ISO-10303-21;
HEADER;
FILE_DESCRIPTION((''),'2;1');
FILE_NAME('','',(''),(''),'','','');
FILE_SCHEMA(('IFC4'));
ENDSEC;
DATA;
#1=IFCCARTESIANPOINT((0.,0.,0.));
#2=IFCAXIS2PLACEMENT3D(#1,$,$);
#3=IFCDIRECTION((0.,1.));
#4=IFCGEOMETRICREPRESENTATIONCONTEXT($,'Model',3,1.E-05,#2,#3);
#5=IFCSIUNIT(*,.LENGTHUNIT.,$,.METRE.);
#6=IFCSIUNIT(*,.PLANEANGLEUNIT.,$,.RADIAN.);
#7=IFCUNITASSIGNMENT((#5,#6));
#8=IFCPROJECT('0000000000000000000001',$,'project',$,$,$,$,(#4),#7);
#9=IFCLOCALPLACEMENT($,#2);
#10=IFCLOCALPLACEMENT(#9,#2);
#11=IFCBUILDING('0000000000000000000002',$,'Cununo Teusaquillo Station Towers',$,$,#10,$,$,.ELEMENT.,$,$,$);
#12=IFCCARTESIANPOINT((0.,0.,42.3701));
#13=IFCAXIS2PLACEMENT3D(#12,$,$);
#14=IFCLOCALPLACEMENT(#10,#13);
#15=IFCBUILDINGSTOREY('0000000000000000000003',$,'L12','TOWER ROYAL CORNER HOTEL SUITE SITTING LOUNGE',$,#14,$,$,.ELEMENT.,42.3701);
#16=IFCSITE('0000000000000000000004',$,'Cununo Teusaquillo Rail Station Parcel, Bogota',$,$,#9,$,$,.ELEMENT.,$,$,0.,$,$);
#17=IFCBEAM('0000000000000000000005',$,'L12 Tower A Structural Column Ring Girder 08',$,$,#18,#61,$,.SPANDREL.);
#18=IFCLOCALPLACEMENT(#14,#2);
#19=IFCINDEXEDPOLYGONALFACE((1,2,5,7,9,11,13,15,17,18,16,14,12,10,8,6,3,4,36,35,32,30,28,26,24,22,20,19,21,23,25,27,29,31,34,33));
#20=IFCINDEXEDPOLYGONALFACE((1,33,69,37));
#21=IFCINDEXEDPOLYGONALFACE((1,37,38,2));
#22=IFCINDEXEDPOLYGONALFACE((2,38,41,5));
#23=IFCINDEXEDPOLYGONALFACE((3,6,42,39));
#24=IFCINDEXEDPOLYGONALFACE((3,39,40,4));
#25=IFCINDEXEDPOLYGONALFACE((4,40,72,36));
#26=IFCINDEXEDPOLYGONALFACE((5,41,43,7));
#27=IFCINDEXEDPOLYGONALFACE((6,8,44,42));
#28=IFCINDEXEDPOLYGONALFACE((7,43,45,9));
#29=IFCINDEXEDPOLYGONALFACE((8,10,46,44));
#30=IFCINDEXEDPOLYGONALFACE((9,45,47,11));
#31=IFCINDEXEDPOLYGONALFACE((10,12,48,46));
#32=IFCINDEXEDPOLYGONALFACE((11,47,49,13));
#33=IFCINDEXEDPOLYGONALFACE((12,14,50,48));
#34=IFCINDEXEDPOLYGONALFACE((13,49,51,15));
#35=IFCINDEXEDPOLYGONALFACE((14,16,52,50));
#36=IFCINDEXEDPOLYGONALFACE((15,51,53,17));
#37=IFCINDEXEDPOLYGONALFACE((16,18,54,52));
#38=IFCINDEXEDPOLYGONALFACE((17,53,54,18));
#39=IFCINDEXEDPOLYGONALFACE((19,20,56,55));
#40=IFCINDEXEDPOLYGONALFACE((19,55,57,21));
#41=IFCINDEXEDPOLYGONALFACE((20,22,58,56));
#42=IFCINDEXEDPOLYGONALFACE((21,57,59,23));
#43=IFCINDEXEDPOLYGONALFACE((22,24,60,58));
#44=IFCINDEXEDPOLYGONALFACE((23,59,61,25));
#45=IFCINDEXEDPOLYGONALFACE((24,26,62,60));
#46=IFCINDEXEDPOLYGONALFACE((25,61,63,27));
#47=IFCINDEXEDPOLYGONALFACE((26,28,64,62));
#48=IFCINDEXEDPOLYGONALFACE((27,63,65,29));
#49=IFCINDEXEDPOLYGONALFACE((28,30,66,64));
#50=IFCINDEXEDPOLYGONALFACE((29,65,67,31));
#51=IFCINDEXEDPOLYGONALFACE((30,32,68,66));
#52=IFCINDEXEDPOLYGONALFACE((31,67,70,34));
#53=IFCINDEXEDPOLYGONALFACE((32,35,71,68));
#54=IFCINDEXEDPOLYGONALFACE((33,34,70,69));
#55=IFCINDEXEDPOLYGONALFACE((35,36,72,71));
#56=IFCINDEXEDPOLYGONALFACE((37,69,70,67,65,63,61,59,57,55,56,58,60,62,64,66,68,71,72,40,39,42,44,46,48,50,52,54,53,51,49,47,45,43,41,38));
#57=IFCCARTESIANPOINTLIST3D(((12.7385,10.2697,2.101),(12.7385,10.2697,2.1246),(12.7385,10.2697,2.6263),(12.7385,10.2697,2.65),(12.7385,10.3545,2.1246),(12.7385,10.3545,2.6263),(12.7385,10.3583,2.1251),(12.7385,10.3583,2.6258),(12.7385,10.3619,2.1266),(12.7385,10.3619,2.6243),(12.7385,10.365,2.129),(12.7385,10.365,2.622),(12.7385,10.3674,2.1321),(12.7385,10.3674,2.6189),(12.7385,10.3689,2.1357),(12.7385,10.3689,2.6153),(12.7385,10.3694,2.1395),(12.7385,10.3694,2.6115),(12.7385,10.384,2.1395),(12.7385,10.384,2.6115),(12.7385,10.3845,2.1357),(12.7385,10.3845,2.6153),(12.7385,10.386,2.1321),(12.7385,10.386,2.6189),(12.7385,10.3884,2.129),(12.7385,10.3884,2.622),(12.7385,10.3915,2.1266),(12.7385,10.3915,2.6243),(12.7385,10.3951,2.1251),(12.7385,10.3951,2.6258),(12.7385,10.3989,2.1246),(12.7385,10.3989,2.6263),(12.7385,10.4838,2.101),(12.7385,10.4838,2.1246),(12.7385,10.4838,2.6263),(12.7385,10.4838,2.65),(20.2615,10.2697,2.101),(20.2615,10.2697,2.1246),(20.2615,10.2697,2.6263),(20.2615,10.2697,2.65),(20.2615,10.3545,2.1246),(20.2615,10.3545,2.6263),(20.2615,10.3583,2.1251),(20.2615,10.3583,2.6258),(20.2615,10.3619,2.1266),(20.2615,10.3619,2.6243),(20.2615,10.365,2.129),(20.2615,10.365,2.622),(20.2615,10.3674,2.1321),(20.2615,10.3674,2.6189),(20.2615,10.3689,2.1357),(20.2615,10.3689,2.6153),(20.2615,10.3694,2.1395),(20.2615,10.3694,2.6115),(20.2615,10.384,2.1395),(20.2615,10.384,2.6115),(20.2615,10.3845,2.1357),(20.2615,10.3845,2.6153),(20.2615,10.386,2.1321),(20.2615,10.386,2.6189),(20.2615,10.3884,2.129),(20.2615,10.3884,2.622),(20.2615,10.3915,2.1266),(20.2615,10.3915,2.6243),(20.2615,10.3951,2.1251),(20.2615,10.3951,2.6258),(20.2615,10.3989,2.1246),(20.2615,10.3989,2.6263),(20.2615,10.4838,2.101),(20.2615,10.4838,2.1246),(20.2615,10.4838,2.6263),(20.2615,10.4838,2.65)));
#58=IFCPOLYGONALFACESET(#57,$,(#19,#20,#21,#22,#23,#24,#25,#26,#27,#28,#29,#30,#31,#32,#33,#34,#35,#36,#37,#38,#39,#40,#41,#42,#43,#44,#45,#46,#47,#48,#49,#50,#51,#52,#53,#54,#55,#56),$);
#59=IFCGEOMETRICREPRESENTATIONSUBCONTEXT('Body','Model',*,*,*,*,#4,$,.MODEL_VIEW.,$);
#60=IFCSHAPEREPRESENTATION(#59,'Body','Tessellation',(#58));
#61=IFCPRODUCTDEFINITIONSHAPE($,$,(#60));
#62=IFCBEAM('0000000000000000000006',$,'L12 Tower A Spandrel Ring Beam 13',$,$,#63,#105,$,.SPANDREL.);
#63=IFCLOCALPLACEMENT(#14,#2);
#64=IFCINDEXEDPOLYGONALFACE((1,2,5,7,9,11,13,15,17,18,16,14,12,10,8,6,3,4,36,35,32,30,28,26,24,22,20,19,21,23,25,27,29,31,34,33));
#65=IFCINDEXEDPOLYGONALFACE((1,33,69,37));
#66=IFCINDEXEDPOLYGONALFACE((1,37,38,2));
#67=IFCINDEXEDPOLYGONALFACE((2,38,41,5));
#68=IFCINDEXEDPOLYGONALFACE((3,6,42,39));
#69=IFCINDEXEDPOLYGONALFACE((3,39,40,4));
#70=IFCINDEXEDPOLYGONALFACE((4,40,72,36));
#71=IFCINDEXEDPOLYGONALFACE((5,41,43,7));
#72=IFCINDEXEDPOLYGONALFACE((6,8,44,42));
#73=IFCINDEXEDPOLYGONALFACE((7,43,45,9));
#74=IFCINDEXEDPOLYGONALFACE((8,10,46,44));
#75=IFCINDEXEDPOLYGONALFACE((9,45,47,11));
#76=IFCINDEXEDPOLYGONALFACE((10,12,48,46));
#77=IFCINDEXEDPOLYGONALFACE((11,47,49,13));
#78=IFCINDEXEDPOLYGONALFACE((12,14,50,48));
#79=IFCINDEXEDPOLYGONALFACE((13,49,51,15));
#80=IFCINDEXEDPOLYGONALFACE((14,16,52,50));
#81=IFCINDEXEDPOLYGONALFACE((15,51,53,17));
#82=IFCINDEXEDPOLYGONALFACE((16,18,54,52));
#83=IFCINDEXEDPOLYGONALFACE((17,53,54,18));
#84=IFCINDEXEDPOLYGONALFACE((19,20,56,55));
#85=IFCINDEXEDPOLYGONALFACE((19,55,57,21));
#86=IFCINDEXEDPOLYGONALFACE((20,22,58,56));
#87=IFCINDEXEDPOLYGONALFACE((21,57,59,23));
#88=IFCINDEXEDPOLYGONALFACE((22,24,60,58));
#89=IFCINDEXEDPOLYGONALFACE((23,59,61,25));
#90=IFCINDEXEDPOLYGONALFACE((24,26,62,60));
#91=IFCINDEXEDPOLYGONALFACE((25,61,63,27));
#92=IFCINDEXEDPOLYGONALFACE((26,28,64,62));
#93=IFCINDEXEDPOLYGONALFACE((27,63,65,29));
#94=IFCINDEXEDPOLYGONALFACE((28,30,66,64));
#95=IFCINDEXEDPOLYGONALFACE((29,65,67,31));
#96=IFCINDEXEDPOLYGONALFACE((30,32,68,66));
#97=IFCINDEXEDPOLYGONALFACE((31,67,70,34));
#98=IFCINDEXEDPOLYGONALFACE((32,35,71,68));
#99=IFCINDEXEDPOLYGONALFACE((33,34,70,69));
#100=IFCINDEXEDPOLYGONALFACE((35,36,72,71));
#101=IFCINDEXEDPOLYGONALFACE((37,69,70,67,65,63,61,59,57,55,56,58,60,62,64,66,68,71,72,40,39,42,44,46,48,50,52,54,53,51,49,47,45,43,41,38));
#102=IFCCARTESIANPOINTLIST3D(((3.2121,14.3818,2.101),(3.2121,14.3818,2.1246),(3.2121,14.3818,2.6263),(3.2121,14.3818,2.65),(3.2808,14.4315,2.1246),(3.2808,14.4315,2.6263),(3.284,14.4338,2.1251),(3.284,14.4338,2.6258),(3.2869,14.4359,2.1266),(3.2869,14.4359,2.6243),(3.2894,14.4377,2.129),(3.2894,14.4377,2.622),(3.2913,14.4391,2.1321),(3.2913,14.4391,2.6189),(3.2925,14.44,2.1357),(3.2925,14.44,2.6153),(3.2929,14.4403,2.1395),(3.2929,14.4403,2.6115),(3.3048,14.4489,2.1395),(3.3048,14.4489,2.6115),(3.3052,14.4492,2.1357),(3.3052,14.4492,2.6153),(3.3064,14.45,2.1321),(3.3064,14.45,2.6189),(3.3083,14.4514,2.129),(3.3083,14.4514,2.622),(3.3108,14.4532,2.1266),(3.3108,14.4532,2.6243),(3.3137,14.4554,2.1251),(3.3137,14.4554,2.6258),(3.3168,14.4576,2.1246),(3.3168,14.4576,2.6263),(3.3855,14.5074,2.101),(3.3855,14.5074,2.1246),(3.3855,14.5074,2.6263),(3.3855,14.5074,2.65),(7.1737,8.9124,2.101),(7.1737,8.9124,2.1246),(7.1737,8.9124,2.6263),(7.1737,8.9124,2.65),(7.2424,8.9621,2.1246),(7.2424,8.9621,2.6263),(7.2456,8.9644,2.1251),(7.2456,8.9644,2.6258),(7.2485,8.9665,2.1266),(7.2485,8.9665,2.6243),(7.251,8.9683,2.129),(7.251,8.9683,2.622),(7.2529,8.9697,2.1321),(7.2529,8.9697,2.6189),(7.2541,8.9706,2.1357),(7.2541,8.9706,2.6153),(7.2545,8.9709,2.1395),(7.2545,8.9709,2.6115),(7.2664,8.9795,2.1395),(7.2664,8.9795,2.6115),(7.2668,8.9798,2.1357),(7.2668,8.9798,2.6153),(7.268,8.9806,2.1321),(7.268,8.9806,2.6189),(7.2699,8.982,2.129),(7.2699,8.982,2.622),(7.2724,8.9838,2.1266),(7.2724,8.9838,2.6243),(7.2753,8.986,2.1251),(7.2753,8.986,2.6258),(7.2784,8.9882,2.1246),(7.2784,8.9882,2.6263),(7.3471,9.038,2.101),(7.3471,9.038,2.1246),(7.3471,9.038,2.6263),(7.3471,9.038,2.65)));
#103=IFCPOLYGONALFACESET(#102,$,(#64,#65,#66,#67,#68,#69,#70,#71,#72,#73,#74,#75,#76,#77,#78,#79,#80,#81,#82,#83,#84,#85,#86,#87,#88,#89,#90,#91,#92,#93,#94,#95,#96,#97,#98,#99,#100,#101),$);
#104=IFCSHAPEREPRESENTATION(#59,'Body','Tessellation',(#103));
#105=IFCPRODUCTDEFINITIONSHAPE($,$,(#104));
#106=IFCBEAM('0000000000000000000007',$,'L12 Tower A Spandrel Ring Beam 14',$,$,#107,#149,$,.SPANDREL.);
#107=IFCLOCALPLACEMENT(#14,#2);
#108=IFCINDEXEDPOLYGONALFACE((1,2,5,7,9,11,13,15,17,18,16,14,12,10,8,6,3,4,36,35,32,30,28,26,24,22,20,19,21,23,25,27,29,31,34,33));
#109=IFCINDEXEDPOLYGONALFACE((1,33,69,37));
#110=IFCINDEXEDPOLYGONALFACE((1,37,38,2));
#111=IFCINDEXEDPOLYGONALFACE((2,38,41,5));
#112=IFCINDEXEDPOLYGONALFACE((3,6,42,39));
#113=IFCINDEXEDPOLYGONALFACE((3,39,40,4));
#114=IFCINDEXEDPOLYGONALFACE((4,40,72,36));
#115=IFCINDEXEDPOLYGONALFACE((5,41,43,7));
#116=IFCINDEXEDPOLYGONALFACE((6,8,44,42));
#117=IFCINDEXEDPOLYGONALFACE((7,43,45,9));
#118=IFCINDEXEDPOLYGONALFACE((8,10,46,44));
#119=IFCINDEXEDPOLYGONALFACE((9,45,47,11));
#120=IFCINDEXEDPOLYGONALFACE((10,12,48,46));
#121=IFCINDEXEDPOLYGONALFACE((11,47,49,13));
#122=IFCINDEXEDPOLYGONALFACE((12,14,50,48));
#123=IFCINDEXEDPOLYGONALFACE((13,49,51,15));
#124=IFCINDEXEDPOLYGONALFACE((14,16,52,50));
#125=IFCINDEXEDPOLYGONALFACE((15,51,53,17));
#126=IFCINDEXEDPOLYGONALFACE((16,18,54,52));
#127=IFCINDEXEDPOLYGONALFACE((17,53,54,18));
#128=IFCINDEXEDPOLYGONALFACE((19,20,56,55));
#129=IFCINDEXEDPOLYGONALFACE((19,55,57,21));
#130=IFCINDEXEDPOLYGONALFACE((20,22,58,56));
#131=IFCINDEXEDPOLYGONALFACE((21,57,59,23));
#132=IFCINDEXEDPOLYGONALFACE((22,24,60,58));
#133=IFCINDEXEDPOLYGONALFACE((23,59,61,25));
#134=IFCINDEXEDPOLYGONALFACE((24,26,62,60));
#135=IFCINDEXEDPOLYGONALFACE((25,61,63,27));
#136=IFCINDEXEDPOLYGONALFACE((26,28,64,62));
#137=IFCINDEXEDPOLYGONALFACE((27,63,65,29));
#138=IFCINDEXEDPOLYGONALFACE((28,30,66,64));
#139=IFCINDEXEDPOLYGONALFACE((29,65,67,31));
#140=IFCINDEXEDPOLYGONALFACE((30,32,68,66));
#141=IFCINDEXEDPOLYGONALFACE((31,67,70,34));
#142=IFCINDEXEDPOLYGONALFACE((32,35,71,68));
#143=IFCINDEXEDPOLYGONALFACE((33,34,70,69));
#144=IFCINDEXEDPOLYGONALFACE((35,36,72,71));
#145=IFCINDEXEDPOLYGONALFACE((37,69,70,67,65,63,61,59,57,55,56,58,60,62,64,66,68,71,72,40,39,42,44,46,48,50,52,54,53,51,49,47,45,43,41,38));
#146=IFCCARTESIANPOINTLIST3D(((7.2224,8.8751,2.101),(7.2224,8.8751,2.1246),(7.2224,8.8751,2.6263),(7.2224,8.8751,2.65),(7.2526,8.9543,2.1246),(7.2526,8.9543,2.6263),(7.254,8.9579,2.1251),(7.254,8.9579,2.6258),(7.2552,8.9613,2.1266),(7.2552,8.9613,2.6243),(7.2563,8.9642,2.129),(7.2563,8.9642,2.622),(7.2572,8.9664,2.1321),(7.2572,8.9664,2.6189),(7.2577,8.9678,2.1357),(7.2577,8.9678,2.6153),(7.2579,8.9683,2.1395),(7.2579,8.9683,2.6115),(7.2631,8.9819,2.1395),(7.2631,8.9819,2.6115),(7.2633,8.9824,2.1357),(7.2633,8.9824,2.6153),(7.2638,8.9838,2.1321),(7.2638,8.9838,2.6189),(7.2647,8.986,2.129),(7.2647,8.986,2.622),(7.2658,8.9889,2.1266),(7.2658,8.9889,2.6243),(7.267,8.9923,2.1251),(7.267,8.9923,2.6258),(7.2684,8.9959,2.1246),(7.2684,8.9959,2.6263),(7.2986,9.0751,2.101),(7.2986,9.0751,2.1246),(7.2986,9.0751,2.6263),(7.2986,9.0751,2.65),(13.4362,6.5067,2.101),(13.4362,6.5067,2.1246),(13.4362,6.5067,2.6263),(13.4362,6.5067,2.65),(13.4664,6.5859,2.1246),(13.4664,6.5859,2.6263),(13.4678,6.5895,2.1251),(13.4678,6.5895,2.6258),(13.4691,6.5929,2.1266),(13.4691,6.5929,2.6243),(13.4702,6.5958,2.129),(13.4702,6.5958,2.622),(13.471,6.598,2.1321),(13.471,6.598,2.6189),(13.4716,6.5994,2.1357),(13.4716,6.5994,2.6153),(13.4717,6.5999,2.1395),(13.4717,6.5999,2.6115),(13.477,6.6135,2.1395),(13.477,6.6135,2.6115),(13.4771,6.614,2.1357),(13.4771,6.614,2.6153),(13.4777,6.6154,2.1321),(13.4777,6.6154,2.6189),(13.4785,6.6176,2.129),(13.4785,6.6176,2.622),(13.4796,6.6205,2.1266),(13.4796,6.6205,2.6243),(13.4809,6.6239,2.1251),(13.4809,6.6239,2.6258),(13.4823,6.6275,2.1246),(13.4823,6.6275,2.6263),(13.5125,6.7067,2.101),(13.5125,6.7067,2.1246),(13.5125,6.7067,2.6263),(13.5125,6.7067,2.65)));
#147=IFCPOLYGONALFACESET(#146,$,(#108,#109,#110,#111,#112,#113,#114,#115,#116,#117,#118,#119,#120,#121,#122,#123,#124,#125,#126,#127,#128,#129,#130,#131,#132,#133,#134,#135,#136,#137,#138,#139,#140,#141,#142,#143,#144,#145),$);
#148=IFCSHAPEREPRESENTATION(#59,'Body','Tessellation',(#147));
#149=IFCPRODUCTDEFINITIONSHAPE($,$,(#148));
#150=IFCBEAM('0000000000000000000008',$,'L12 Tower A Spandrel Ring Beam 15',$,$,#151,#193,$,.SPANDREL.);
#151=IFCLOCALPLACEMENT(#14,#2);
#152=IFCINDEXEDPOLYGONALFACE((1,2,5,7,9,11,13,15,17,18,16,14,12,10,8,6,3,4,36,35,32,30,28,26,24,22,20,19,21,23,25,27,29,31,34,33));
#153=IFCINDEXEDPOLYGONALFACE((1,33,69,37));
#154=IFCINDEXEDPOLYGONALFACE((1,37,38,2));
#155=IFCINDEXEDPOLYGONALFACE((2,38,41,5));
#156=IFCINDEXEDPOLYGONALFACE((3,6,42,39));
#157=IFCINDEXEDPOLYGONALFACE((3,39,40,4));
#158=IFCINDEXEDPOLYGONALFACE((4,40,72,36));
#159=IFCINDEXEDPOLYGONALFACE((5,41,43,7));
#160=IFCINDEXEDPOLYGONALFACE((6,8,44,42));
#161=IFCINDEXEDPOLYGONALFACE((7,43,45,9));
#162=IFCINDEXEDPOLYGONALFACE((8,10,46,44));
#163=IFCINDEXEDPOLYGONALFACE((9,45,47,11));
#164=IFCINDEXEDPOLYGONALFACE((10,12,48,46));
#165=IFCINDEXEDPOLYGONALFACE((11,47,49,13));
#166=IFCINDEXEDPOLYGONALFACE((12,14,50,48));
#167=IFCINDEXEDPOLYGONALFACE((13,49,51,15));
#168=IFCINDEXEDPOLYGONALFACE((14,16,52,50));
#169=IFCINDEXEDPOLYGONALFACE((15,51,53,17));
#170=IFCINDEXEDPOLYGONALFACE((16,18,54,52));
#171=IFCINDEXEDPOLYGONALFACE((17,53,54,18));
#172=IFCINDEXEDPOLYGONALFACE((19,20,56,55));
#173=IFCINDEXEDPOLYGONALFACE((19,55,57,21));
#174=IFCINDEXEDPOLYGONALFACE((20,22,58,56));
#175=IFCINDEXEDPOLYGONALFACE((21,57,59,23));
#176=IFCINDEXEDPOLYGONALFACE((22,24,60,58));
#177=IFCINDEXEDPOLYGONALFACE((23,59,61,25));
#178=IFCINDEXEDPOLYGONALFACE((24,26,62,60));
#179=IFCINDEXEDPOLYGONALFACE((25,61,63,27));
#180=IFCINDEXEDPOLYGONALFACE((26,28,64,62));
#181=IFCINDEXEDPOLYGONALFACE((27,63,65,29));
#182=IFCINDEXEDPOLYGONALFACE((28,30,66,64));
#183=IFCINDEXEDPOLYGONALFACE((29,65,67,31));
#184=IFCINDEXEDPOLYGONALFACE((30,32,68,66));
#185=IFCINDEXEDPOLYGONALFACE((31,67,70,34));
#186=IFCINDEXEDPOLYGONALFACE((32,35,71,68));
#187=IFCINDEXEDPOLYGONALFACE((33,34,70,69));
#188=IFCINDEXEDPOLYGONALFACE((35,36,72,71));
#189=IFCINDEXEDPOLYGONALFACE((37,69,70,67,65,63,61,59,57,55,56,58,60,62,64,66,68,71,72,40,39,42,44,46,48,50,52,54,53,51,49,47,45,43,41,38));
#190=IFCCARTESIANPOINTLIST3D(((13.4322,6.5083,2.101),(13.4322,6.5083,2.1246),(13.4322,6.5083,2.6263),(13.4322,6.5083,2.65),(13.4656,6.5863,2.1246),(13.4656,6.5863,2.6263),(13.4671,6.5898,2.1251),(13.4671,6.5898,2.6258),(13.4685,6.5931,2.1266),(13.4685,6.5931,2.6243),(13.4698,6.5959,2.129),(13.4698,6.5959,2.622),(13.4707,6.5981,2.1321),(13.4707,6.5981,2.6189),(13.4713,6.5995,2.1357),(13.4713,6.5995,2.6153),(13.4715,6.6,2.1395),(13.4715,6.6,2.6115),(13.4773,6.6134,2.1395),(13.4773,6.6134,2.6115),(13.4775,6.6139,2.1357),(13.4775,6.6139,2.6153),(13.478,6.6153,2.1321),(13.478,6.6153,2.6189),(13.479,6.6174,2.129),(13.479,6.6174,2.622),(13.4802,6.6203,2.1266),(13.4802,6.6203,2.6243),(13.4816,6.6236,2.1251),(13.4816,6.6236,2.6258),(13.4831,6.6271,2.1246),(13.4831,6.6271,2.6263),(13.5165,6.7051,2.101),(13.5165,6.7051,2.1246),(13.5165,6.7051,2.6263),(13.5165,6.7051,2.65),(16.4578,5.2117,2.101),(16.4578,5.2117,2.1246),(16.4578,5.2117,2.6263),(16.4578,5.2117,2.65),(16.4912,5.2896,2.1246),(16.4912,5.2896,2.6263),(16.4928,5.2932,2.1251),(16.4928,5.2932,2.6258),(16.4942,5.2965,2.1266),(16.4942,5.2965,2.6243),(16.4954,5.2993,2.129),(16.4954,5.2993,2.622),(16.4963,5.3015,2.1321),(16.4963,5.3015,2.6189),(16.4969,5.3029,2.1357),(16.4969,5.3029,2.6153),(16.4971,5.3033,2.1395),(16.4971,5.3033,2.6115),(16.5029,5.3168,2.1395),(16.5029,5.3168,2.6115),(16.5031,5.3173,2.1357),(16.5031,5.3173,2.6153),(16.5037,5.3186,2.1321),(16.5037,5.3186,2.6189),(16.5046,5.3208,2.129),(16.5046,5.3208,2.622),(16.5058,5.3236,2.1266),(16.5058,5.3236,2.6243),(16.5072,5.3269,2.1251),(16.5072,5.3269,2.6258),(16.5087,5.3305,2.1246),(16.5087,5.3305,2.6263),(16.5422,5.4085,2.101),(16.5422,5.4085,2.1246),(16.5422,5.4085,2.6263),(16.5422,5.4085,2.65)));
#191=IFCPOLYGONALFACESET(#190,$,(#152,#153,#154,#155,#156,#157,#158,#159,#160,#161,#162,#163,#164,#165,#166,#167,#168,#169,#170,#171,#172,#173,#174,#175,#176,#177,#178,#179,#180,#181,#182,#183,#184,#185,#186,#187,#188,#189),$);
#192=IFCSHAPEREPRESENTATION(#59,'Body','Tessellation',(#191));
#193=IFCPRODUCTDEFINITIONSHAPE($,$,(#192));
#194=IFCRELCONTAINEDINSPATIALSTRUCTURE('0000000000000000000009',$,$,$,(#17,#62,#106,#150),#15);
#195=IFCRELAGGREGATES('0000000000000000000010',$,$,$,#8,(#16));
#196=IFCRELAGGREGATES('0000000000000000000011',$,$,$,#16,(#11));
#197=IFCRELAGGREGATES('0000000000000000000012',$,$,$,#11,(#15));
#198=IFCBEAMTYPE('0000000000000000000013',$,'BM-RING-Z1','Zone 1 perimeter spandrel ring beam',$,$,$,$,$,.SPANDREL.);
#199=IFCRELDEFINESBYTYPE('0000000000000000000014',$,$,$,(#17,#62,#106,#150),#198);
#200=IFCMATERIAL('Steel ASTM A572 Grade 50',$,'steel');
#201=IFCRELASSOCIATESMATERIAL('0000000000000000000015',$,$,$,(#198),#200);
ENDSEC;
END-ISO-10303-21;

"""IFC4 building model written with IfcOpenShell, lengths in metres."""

from ifc_helpers import new_model, si_unit, direction, frame, origin, origin_2d, place, context, subcontext, project, spatial, i_section, extrude, material, material_profile, profile_set, type_object, element, save


model = new_model("IFC4")

# Units and contexts
model_context = context("Model", 3, precision=1e-05, world=origin(), true_north=direction((0.0, 1.0)))
body_context = subcontext(model_context, "Body", "Model", "MODEL_VIEW")
ifc_project = project(units=[si_unit("LENGTHUNIT", "METRE"), si_unit("PLANEANGLEUNIT", "RADIAN")], contexts=[model_context])

# Site, building, storey
site_placement = place(None, origin())
site = spatial("IfcSite", under=ifc_project, at=site_placement, Name="Cununo Teusaquillo Rail Station Parcel, Bogota", CompositionType="ELEMENT", RefElevation=0.0)
building_placement = place(site_placement, origin())
building = spatial("IfcBuilding", under=site, at=building_placement, Name="Cununo Teusaquillo Station Towers", CompositionType="ELEMENT")
storey_placement = place(building_placement, frame((0.0, 0.0, 42.3701)))
storey = spatial("IfcBuildingStorey", under=building, at=storey_placement, Name="L12", Description="TOWER ROYAL CORNER HOTEL SUITE SITTING LOUNGE", CompositionType="ELEMENT", Elevation=42.3701)

# Beams
ifc_material_1 = material(Name="Steel ASTM A572 Grade 50", Category="steel")
ifc_material_profile_1 = material_profile(ifc_material_1, i_section(OverallWidth=0.2141, OverallDepth=0.5491, WebThickness=0.0146, FlangeThickness=0.0237, FilletRadius=0.0149, at=origin_2d()), Name="W21X93")
ifc_profile_set_1 = profile_set([ifc_material_profile_1], Name="Steel ASTM A572 Grade 50")
beam_type = type_object("IfcBeamType", Name="BM-RING-Z1", Description="Zone 1 perimeter spandrel ring beam", PredefinedType="SPANDREL", material=ifc_profile_set_1)
beam_1_placement = place(storey_placement, frame((12.7385, 10.3767, 2.3755), z_axis=(1.0, 0.0, 0.0), x_axis=(0.0, 1.0, 0.0)))
element("IfcBeam", 1, at=beam_1_placement, inside=storey, type_object=beam_type, Name="L12 Tower A Structural Column Ring Girder 08", PredefinedType="SPANDREL", context=body_context, shape_type="SweptSolid", body=[
    extrude(i_section(OverallWidth=0.2141, OverallDepth=0.5491, WebThickness=0.0146, FlangeThickness=0.0237, FilletRadius=0.0149, at=origin_2d()), origin(), (0.0, 0.0, 1.0), 7.5229),
])
beam_2_placement = place(storey_placement, frame((3.2988, 14.4446, 2.3755), z_axis=(0.586608, -0.809871, 0.0), x_axis=(0.809871, 0.586608, 0.0)))
element("IfcBeam", 2, at=beam_2_placement, inside=storey, type_object=beam_type, Name="L12 Tower A Spandrel Ring Beam 13", PredefinedType="SPANDREL", context=body_context, shape_type="SweptSolid", body=[
    extrude(i_section(OverallWidth=0.2141, OverallDepth=0.5491, WebThickness=0.0146, FlangeThickness=0.0237, FilletRadius=0.0149, at=origin_2d()), origin(), (0.0, 0.0, 1.0), 6.7534),
])
beam_3_placement = place(storey_placement, frame((7.2605, 8.9751, 2.3755), z_axis=(0.934427, -0.356156, 0.0), x_axis=(0.356156, 0.934427, 0.0)))
element("IfcBeam", 3, at=beam_3_placement, inside=storey, type_object=beam_type, Name="L12 Tower A Spandrel Ring Beam 14", PredefinedType="SPANDREL", context=body_context, shape_type="SweptSolid", body=[
    extrude(i_section(OverallWidth=0.2141, OverallDepth=0.5491, WebThickness=0.0146, FlangeThickness=0.0237, FilletRadius=0.0149, at=origin_2d()), origin(), (0.0, 0.0, 1.0), 6.6499),
])
beam_4_placement = place(storey_placement, frame((13.4744, 6.6067, 2.3755), z_axis=(0.919153, -0.393901, 0.0), x_axis=(0.393901, 0.919153, 0.0)))
element("IfcBeam", 4, at=beam_4_placement, inside=storey, type_object=beam_type, Name="L12 Tower A Spandrel Ring Beam 15", PredefinedType="SPANDREL", context=body_context, shape_type="SweptSolid", body=[
    extrude(i_section(OverallWidth=0.2141, OverallDepth=0.5491, WebThickness=0.0146, FlangeThickness=0.0237, FilletRadius=0.0149, at=origin_2d()), origin(), (0.0, 0.0, 1.0), 3.2917),
])

save(model, "model.ifc")
